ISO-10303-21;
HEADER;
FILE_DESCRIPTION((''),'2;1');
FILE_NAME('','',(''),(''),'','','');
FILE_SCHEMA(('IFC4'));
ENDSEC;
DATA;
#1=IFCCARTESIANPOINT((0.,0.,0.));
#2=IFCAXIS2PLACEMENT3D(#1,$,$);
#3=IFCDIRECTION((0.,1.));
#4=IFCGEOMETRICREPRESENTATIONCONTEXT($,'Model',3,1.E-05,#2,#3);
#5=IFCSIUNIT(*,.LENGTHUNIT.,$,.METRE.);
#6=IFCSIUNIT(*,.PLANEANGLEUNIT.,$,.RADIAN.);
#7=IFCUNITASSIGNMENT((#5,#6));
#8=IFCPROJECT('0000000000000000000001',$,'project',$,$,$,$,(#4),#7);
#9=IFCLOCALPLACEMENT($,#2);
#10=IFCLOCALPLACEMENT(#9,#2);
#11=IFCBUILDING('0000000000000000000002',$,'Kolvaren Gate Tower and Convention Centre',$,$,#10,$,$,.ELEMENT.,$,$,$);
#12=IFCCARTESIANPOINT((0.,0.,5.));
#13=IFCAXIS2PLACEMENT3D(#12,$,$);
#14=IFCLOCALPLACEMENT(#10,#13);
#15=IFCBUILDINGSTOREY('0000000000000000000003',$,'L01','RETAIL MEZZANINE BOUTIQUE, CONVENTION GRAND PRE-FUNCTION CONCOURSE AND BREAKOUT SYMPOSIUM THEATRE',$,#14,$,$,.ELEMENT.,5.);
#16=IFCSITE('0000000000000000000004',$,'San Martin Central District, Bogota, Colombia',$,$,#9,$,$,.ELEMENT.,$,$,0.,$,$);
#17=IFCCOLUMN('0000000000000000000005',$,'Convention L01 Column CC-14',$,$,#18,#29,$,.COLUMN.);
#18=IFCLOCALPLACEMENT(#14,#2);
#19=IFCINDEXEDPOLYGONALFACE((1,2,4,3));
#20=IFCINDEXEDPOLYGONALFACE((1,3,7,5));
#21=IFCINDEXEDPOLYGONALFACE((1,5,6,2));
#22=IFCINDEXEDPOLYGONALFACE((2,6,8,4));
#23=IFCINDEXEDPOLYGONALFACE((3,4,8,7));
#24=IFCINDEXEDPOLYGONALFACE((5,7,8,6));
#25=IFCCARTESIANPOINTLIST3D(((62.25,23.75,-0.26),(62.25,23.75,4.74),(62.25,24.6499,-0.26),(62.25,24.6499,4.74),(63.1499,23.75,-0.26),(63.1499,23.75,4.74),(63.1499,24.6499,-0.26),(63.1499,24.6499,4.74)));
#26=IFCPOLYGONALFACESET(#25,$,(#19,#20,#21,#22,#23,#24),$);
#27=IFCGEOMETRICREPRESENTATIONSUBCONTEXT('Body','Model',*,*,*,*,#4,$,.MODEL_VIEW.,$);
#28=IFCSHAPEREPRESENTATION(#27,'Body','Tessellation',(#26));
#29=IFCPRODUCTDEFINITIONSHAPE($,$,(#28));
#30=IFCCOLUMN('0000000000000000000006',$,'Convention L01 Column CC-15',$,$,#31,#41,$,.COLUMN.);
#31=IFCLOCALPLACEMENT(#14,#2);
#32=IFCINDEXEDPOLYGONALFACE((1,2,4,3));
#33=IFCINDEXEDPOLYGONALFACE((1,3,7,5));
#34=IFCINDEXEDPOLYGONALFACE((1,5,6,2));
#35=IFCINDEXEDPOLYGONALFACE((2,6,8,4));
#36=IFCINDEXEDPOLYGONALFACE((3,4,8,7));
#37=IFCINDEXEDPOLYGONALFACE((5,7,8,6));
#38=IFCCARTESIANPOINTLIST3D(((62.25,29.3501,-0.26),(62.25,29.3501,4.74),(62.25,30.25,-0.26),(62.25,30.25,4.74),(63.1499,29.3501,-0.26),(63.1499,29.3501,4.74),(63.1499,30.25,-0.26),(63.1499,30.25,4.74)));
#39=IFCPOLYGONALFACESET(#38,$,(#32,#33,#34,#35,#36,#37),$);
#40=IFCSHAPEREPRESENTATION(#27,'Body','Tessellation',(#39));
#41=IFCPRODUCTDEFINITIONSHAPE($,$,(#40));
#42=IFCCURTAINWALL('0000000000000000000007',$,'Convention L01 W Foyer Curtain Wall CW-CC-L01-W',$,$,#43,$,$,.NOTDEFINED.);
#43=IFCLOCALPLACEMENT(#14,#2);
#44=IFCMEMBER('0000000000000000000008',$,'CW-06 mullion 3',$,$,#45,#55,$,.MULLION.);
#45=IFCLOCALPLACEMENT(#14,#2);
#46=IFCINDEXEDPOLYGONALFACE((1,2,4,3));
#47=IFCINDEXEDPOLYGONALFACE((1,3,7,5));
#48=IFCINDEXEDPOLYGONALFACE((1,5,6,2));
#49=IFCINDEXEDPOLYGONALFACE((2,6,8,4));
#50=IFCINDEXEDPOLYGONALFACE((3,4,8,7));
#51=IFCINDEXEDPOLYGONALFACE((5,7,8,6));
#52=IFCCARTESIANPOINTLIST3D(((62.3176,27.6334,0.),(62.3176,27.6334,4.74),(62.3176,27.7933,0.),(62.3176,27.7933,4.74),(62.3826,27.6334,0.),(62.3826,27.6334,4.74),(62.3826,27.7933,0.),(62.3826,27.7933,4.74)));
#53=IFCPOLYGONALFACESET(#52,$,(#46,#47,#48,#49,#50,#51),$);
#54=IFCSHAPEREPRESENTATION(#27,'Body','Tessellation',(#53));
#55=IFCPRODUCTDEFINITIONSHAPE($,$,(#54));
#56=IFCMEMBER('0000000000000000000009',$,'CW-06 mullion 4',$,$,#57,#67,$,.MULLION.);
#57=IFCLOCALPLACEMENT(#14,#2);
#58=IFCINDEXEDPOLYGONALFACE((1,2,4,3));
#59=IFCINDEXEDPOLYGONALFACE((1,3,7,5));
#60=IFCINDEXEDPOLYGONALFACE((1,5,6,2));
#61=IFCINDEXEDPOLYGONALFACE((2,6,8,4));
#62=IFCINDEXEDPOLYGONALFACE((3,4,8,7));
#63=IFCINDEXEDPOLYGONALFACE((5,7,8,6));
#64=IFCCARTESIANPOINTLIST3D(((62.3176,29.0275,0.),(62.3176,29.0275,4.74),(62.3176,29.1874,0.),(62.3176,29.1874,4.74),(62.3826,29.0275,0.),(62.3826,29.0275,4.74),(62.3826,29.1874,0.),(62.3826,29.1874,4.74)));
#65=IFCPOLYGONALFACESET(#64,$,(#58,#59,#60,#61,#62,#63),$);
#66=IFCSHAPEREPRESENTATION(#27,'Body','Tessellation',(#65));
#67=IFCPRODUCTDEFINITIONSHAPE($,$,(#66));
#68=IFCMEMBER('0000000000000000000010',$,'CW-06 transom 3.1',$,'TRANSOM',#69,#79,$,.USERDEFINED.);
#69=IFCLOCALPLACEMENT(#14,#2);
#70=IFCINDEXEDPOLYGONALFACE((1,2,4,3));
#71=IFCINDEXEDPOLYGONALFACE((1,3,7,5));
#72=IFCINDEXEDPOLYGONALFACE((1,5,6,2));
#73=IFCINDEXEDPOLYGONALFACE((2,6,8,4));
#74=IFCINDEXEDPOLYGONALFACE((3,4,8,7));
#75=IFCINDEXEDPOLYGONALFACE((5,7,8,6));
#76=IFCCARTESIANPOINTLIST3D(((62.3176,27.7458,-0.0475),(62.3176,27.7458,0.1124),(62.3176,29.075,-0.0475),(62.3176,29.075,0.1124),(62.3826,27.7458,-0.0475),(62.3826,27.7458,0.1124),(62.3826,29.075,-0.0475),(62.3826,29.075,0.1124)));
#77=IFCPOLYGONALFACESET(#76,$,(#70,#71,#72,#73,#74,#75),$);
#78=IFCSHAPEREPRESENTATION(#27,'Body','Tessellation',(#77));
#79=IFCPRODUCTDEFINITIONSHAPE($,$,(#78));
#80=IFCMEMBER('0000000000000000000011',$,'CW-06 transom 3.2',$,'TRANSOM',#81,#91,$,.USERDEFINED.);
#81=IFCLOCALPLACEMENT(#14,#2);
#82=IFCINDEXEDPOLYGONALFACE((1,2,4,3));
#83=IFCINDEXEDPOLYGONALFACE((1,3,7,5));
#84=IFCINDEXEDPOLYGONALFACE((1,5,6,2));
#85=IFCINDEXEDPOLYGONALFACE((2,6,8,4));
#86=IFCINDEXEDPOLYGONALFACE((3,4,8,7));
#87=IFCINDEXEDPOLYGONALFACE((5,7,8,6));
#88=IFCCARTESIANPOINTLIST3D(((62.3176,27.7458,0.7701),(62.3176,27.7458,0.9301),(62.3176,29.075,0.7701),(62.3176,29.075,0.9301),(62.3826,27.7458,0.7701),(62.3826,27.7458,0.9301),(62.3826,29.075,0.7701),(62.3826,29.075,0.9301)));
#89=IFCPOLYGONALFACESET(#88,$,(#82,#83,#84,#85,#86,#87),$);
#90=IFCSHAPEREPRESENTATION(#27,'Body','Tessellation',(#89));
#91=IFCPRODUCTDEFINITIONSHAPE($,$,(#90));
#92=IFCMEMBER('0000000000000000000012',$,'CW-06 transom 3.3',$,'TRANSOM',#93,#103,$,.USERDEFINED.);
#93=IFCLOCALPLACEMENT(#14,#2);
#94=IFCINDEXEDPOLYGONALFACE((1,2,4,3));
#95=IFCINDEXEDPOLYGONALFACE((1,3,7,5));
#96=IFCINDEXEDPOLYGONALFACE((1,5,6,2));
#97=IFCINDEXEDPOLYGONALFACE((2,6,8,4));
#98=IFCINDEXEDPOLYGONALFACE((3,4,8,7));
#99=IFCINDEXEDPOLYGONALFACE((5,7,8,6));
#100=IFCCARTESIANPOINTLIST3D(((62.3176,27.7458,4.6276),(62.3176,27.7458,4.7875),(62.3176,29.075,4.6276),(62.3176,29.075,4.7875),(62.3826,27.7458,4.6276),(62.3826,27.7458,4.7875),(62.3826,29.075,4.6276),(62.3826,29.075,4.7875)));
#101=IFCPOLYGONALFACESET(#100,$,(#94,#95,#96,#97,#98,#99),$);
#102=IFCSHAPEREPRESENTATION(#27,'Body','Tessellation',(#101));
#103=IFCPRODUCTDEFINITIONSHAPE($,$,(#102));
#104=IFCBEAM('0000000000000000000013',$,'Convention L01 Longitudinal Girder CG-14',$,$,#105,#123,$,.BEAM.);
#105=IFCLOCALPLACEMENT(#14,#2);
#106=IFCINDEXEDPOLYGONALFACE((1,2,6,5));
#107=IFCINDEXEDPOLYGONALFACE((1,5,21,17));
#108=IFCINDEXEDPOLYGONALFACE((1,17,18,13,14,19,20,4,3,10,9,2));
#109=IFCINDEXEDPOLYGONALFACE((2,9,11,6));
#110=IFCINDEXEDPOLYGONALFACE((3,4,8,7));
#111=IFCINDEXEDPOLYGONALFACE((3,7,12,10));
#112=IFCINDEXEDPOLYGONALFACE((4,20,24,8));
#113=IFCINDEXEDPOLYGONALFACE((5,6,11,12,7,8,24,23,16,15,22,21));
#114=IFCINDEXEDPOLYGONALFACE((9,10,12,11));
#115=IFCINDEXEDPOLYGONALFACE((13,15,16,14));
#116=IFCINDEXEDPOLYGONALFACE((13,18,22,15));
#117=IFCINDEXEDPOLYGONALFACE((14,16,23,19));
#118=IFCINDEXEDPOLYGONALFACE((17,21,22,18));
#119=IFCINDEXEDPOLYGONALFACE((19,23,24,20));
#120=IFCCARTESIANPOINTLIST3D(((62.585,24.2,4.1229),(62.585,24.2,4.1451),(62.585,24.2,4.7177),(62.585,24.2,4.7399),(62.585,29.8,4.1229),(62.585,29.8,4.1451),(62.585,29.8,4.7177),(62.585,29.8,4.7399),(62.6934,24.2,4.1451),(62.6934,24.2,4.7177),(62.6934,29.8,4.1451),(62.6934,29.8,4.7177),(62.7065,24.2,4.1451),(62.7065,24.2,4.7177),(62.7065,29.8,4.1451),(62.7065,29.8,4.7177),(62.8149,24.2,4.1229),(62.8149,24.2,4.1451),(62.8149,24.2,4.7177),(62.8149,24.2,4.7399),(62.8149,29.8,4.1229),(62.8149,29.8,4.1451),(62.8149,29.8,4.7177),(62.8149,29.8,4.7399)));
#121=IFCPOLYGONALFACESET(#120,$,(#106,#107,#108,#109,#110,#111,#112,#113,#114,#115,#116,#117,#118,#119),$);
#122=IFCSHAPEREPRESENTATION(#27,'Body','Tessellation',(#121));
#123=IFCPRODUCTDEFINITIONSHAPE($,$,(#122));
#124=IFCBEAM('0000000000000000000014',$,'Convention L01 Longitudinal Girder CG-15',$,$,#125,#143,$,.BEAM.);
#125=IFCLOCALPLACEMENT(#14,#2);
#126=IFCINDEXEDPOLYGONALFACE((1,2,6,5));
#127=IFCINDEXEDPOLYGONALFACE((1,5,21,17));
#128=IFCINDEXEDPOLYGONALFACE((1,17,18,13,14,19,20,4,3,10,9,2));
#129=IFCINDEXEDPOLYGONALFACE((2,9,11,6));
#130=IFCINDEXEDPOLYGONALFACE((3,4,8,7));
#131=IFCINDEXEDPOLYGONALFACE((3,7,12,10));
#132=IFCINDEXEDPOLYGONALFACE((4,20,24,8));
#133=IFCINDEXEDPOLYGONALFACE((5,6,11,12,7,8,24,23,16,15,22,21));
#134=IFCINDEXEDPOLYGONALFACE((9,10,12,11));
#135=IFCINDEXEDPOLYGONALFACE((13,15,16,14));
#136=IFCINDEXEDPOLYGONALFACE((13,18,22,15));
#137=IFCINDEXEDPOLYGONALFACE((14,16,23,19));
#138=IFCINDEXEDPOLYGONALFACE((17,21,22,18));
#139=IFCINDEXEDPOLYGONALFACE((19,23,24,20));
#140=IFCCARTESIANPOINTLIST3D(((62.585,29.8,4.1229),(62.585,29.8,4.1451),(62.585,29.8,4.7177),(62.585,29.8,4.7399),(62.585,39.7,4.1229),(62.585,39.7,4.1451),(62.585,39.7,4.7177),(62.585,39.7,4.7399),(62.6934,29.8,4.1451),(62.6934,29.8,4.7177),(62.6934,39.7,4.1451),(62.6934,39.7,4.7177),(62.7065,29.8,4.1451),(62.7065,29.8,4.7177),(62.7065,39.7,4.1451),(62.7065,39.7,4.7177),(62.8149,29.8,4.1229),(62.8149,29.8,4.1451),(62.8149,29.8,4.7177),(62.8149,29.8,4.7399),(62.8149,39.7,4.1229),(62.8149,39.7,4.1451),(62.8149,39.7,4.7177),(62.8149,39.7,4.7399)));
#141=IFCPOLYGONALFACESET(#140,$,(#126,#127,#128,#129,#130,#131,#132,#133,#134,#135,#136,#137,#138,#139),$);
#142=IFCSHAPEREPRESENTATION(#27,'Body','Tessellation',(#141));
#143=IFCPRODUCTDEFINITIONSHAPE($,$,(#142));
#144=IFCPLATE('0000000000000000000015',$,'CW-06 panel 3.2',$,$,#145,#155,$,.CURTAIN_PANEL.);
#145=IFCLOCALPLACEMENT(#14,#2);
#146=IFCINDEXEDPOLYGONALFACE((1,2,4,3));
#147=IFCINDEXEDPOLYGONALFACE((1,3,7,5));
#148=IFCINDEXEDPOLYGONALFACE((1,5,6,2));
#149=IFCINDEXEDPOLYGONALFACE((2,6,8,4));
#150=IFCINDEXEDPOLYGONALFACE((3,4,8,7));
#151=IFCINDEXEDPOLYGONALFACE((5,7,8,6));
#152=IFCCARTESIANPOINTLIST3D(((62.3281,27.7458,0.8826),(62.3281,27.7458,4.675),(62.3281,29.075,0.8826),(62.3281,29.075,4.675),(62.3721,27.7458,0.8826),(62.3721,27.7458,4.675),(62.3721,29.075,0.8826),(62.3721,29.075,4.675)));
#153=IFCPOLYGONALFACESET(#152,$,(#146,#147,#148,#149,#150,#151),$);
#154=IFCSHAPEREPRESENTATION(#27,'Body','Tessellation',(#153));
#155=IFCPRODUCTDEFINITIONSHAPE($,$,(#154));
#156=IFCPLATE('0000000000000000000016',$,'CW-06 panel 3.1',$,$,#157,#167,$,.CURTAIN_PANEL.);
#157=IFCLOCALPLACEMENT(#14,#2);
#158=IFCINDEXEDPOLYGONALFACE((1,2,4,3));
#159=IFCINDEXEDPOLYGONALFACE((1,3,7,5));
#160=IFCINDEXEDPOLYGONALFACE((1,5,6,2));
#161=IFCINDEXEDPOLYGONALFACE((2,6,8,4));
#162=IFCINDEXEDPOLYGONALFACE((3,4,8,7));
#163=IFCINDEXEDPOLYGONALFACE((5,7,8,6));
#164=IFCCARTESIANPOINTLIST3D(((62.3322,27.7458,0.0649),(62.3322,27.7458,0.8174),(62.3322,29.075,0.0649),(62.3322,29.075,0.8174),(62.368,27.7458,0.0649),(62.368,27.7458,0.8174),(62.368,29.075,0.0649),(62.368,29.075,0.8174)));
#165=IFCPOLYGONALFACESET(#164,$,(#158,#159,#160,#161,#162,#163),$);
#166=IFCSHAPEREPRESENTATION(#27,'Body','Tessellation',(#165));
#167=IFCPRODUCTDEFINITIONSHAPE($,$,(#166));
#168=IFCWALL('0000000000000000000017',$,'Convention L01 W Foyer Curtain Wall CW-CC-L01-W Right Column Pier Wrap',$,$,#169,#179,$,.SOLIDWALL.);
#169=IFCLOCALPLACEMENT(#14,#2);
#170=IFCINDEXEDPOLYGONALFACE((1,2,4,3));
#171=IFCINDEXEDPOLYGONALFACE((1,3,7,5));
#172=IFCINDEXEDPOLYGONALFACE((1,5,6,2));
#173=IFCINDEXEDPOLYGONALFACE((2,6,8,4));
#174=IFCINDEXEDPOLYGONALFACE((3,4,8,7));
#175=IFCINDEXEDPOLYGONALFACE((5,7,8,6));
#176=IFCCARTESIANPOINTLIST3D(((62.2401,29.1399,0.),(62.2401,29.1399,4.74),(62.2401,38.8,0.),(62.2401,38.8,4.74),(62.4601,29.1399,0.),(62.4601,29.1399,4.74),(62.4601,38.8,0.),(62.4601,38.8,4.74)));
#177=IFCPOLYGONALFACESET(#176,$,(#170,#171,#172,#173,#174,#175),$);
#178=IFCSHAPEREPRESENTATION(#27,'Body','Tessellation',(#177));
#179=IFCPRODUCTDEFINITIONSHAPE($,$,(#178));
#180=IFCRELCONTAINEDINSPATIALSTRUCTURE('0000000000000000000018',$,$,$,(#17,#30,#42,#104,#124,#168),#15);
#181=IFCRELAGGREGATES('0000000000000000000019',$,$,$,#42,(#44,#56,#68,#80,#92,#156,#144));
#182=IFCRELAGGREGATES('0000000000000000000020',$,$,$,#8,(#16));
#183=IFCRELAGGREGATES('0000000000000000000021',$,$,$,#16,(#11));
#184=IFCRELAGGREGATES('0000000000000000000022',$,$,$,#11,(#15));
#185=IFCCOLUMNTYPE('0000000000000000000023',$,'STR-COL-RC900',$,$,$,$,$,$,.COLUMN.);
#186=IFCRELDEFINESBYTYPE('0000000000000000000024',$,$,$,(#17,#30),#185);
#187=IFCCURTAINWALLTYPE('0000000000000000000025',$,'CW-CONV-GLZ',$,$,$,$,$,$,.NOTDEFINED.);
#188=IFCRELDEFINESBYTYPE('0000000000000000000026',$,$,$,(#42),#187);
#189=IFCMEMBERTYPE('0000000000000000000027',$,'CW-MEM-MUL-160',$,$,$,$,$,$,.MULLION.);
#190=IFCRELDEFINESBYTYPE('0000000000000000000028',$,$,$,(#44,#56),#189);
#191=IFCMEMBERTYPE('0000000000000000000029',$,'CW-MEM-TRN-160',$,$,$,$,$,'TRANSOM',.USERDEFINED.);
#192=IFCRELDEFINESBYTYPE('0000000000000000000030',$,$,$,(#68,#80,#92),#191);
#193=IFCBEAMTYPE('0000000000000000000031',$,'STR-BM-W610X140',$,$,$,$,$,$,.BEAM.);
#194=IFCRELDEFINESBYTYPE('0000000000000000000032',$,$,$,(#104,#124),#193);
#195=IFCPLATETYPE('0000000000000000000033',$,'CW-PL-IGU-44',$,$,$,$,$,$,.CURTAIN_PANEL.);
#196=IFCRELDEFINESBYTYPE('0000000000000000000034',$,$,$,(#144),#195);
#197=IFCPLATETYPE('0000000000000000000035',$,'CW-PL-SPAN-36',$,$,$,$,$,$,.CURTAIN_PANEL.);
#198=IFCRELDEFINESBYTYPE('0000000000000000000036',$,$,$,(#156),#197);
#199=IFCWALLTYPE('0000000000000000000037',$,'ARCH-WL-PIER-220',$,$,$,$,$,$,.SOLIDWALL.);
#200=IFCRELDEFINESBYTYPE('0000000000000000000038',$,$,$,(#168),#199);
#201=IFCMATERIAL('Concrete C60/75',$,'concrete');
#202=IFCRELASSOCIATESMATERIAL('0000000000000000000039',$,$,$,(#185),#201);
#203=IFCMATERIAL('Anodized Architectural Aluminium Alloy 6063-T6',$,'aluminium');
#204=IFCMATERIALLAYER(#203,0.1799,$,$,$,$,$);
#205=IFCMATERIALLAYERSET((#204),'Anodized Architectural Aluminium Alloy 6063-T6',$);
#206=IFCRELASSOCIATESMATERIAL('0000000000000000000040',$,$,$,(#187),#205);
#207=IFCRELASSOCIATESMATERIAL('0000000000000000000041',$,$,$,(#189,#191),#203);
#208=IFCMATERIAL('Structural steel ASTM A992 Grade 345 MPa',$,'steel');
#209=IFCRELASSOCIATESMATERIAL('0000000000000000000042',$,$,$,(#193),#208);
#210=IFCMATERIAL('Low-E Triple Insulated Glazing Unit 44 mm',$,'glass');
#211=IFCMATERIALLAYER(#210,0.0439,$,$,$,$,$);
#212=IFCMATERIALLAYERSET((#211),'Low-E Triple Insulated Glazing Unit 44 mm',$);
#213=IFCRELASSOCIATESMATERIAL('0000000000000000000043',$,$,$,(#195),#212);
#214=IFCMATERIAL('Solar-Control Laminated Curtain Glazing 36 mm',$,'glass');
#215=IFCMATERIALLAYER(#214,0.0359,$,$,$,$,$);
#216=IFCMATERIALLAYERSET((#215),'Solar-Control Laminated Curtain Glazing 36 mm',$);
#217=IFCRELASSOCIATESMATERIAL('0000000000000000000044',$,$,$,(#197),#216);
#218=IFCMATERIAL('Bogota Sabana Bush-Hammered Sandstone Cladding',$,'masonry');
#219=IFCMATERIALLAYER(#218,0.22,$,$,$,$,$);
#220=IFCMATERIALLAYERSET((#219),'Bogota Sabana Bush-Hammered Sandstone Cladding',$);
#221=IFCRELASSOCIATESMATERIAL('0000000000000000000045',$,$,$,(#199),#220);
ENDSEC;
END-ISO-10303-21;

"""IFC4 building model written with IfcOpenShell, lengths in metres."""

from ifc_helpers import new_model, si_unit, direction, frame, frame_2d, origin, origin_2d, place, context, subcontext, project, spatial, rectangle, i_section, extrude, material, layer, layer_set, material_profile, profile_set, type_object, element, aggregate, save


model = new_model("IFC4")

# Units and contexts
model_context = context("Model", 3, precision=1e-05, world=origin(), true_north=direction((0.0, 1.0)))
body_context = subcontext(model_context, "Body", "Model", "MODEL_VIEW")
ifc_project = project(units=[si_unit("LENGTHUNIT", "METRE"), si_unit("PLANEANGLEUNIT", "RADIAN")], contexts=[model_context])

# Site, building, storey
site_placement = place(None, origin())
site = spatial("IfcSite", under=ifc_project, at=site_placement, Name="San Martin Central District, Bogota, Colombia", CompositionType="ELEMENT", RefElevation=0.0)
building_placement = place(site_placement, origin())
building = spatial("IfcBuilding", under=site, at=building_placement, Name="Kolvaren Gate Tower and Convention Centre", CompositionType="ELEMENT")
storey_placement = place(building_placement, frame((0.0, 0.0, 5.0)))
storey = spatial("IfcBuildingStorey", under=building, at=storey_placement, Name="L01", Description="RETAIL MEZZANINE BOUTIQUE, CONVENTION GRAND PRE-FUNCTION CONCOURSE AND BREAKOUT SYMPOSIUM THEATRE", CompositionType="ELEMENT", Elevation=5.0)

# Columns
ifc_material_1 = material(Name="Concrete C60/75", Category="concrete")
ifc_material_profile_1 = material_profile(ifc_material_1, rectangle(XDim=0.8999, YDim=0.8999, at=origin_2d()), Name="RC-COL-900X900")
ifc_profile_set_1 = profile_set([ifc_material_profile_1], Name="Concrete C60/75")
column_type = type_object("IfcColumnType", Name="STR-COL-RC900", PredefinedType="COLUMN", material=ifc_profile_set_1)
for number, where, z_axis, x_axis, name in (
    (1, (62.7, 24.2, -0.26), (0.0, 0.0, 1.0), (1.0, 0.0, 0.0), "Convention L01 Column CC-14"),
    (2, (62.7, 29.8, -0.26), (0.0, 0.0, 1.0), (1.0, 0.0, 0.0), "Convention L01 Column CC-15"),
):
    element("IfcColumn", number, at=place(storey_placement, frame(where, z_axis=z_axis, x_axis=x_axis)), inside=storey, type_object=column_type, Name=name, PredefinedType="COLUMN", context=body_context, shape_type="SweptSolid", body=[
        extrude(rectangle(XDim=0.8999, YDim=0.8999, at=origin_2d()), origin(), (0.0, 0.0, 1.0), 5.0),
    ])

# Curtain wall, members
ifc_material_2 = material(Name="Anodized Architectural Aluminium Alloy 6063-T6", Category="aluminium")
ifc_layer_1 = layer(ifc_material_2, 0.1799)
ifc_layer_set_1 = layer_set([ifc_layer_1], Name="Anodized Architectural Aluminium Alloy 6063-T6")
curtain_wall_type = type_object("IfcCurtainWallType", Name="CW-CONV-GLZ", PredefinedType="NOTDEFINED", material=ifc_layer_set_1)
curtain_wall_placement = place(storey_placement, origin())
curtain_wall = element("IfcCurtainWall", 3, at=curtain_wall_placement, inside=storey, type_object=curtain_wall_type, Name="Convention L01 W Foyer Curtain Wall CW-CC-L01-W", PredefinedType="NOTDEFINED")
ifc_material_profile_2 = material_profile(ifc_material_2, rectangle(XDim=0.0649, YDim=0.1599, at=origin_2d()), Name="CW-MEM-MUL-160")
ifc_profile_set_2 = profile_set([ifc_material_profile_2], Name="Anodized Architectural Aluminium Alloy 6063-T6")
member_type_1 = type_object("IfcMemberType", Name="CW-MEM-MUL-160", PredefinedType="MULLION", material=ifc_profile_set_2)
member_1_placement = place(storey_placement, frame((62.3501, 27.7134, 0.0), z_axis=(0.0, 0.0, 1.0), x_axis=(-1.0, 0.0, 0.0)))
member_1 = element("IfcMember", 4, at=member_1_placement, type_object=member_type_1, Name="CW-06 mullion 3", PredefinedType="MULLION", context=body_context, shape_type="SweptSolid", body=[
    extrude(rectangle(XDim=0.0649, YDim=0.1599, at=origin_2d()), origin(), (0.0, 0.0, 1.0), 4.74),
])
member_2_placement = place(storey_placement, frame((62.3501, 29.1074, 0.0), z_axis=(0.0, 0.0, 1.0), x_axis=(-1.0, 0.0, 0.0)))
member_2 = element("IfcMember", 5, at=member_2_placement, type_object=member_type_1, Name="CW-06 mullion 4", PredefinedType="MULLION", context=body_context, shape_type="SweptSolid", body=[
    extrude(rectangle(XDim=0.0649, YDim=0.1599, at=origin_2d()), origin(), (0.0, 0.0, 1.0), 4.74),
])
ifc_material_profile_3 = material_profile(ifc_material_2, rectangle(XDim=0.0649, YDim=0.1599, at=origin_2d()), Name="CW-MEM-TRN-160")
ifc_profile_set_3 = profile_set([ifc_material_profile_3], Name="Anodized Architectural Aluminium Alloy 6063-T6")
member_type_2 = type_object("IfcMemberType", Name="CW-MEM-TRN-160", ElementType="TRANSOM", PredefinedType="USERDEFINED", material=ifc_profile_set_3)
member_3_placement = place(storey_placement, frame((62.3501, 27.7458, 0.0325), z_axis=(0.0, 1.0, 0.0), x_axis=(-1.0, 0.0, 0.0)))
member_3 = element("IfcMember", 6, at=member_3_placement, type_object=member_type_2, Name="CW-06 transom 3.1", ObjectType="TRANSOM", PredefinedType="USERDEFINED", context=body_context, shape_type="SweptSolid", body=[
    extrude(rectangle(XDim=0.0649, YDim=0.1599, at=origin_2d()), origin(), (0.0, 0.0, 1.0), 1.3291),
])
member_4_placement = place(storey_placement, frame((62.3501, 27.7458, 0.8501), z_axis=(0.0, 1.0, 0.0), x_axis=(-1.0, 0.0, 0.0)))
member_4 = element("IfcMember", 7, at=member_4_placement, type_object=member_type_2, Name="CW-06 transom 3.2", ObjectType="TRANSOM", PredefinedType="USERDEFINED", context=body_context, shape_type="SweptSolid", body=[
    extrude(rectangle(XDim=0.0649, YDim=0.1599, at=origin_2d()), origin(), (0.0, 0.0, 1.0), 1.3291),
])
member_5_placement = place(storey_placement, frame((62.3501, 27.7458, 4.7075), z_axis=(0.0, 1.0, 0.0), x_axis=(-1.0, 0.0, 0.0)))
member_5 = element("IfcMember", 8, at=member_5_placement, type_object=member_type_2, Name="CW-06 transom 3.3", ObjectType="TRANSOM", PredefinedType="USERDEFINED", context=body_context, shape_type="SweptSolid", body=[
    extrude(rectangle(XDim=0.0649, YDim=0.1599, at=origin_2d()), origin(), (0.0, 0.0, 1.0), 1.3291),
])

# Beams
ifc_material_3 = material(Name="Structural steel ASTM A992 Grade 345 MPa", Category="steel")
ifc_material_profile_4 = material_profile(ifc_material_3, i_section(OverallWidth=0.23, OverallDepth=0.6169, WebThickness=0.0132, FlangeThickness=0.0222, at=origin_2d()), Name="W610X140")
ifc_profile_set_4 = profile_set([ifc_material_profile_4], Name="Structural steel ASTM A992 Grade 345 MPa")
beam_type = type_object("IfcBeamType", Name="STR-BM-W610X140", PredefinedType="BEAM", material=ifc_profile_set_4)
beam_1_placement = place(storey_placement, frame((62.7, 24.2, 4.4314), z_axis=(0.0, 1.0, 0.0), x_axis=(-1.0, 0.0, 0.0)))
element("IfcBeam", 9, at=beam_1_placement, inside=storey, type_object=beam_type, Name="Convention L01 Longitudinal Girder CG-14", PredefinedType="BEAM", context=body_context, shape_type="SweptSolid", body=[
    extrude(i_section(OverallWidth=0.23, OverallDepth=0.6169, WebThickness=0.0132, FlangeThickness=0.0222, at=origin_2d()), origin(), (0.0, 0.0, 1.0), 5.6001),
])
beam_2_placement = place(storey_placement, frame((62.7, 29.8, 4.4314), z_axis=(0.0, 1.0, 0.0), x_axis=(-1.0, 0.0, 0.0)))
element("IfcBeam", 10, at=beam_2_placement, inside=storey, type_object=beam_type, Name="Convention L01 Longitudinal Girder CG-15", PredefinedType="BEAM", context=body_context, shape_type="SweptSolid", body=[
    extrude(i_section(OverallWidth=0.23, OverallDepth=0.6169, WebThickness=0.0132, FlangeThickness=0.0222, at=origin_2d()), origin(), (0.0, 0.0, 1.0), 9.8999),
])

# Plates
ifc_material_4 = material(Name="Low-E Triple Insulated Glazing Unit 44 mm", Category="glass")
ifc_layer_2 = layer(ifc_material_4, 0.0439)
ifc_layer_set_2 = layer_set([ifc_layer_2], Name="Low-E Triple Insulated Glazing Unit 44 mm")
plate_type_1 = type_object("IfcPlateType", Name="CW-PL-IGU-44", PredefinedType="CURTAIN_PANEL", material=ifc_layer_set_2)
plate_1_placement = place(storey_placement, frame((62.3501, 28.4104, 0.8826), z_axis=(0.0, 0.0, 1.0), x_axis=(0.0, 1.0, 0.0)))
plate_1 = element("IfcPlate", 11, at=plate_1_placement, type_object=plate_type_1, Name="CW-06 panel 3.2", PredefinedType="CURTAIN_PANEL", context=body_context, shape_type="SweptSolid", body=[
    extrude(rectangle(XDim=1.3291, YDim=0.0439, at=origin_2d()), origin(), (0.0, 0.0, 1.0), 3.7925),
])
ifc_material_5 = material(Name="Solar-Control Laminated Curtain Glazing 36 mm", Category="glass")
ifc_layer_3 = layer(ifc_material_5, 0.0359)
ifc_layer_set_3 = layer_set([ifc_layer_3], Name="Solar-Control Laminated Curtain Glazing 36 mm")
plate_type_2 = type_object("IfcPlateType", Name="CW-PL-SPAN-36", PredefinedType="CURTAIN_PANEL", material=ifc_layer_set_3)
plate_2_placement = place(storey_placement, frame((62.3501, 28.4104, 0.0649), z_axis=(0.0, 0.0, 1.0), x_axis=(0.0, 1.0, 0.0)))
plate_2 = element("IfcPlate", 12, at=plate_2_placement, type_object=plate_type_2, Name="CW-06 panel 3.1", PredefinedType="CURTAIN_PANEL", context=body_context, shape_type="SweptSolid", body=[
    extrude(rectangle(XDim=1.3291, YDim=0.0359, at=origin_2d()), origin(), (0.0, 0.0, 1.0), 0.7524),
])
aggregate(curtain_wall, [member_1, member_2, member_3, member_4, member_5, plate_2, plate_1])

# Wall
ifc_material_6 = material(Name="Bogota Sabana Bush-Hammered Sandstone Cladding", Category="masonry")
ifc_layer_4 = layer(ifc_material_6, 0.22)
ifc_layer_set_4 = layer_set([ifc_layer_4], Name="Bogota Sabana Bush-Hammered Sandstone Cladding")
wall_type_1 = type_object("IfcWallType", Name="ARCH-WL-PIER-220", PredefinedType="SOLIDWALL", material=ifc_layer_set_4)
wall_1_placement = place(storey_placement, frame((62.3501, 29.1399, 0.0), z_axis=(0.0, 0.0, 1.0), x_axis=(0.0, 1.0, 0.0)))
element("IfcWall", 13, at=wall_1_placement, inside=storey, type_object=wall_type_1, Name="Convention L01 W Foyer Curtain Wall CW-CC-L01-W Right Column Pier Wrap", PredefinedType="SOLIDWALL", context=body_context, shape_type="SweptSolid", body=[
    extrude(rectangle(XDim=9.6602, YDim=0.22, at=frame_2d((4.8301, 0.0))), origin(), (0.0, 0.0, 1.0), 4.74),
])

save(model, "model.ifc")
